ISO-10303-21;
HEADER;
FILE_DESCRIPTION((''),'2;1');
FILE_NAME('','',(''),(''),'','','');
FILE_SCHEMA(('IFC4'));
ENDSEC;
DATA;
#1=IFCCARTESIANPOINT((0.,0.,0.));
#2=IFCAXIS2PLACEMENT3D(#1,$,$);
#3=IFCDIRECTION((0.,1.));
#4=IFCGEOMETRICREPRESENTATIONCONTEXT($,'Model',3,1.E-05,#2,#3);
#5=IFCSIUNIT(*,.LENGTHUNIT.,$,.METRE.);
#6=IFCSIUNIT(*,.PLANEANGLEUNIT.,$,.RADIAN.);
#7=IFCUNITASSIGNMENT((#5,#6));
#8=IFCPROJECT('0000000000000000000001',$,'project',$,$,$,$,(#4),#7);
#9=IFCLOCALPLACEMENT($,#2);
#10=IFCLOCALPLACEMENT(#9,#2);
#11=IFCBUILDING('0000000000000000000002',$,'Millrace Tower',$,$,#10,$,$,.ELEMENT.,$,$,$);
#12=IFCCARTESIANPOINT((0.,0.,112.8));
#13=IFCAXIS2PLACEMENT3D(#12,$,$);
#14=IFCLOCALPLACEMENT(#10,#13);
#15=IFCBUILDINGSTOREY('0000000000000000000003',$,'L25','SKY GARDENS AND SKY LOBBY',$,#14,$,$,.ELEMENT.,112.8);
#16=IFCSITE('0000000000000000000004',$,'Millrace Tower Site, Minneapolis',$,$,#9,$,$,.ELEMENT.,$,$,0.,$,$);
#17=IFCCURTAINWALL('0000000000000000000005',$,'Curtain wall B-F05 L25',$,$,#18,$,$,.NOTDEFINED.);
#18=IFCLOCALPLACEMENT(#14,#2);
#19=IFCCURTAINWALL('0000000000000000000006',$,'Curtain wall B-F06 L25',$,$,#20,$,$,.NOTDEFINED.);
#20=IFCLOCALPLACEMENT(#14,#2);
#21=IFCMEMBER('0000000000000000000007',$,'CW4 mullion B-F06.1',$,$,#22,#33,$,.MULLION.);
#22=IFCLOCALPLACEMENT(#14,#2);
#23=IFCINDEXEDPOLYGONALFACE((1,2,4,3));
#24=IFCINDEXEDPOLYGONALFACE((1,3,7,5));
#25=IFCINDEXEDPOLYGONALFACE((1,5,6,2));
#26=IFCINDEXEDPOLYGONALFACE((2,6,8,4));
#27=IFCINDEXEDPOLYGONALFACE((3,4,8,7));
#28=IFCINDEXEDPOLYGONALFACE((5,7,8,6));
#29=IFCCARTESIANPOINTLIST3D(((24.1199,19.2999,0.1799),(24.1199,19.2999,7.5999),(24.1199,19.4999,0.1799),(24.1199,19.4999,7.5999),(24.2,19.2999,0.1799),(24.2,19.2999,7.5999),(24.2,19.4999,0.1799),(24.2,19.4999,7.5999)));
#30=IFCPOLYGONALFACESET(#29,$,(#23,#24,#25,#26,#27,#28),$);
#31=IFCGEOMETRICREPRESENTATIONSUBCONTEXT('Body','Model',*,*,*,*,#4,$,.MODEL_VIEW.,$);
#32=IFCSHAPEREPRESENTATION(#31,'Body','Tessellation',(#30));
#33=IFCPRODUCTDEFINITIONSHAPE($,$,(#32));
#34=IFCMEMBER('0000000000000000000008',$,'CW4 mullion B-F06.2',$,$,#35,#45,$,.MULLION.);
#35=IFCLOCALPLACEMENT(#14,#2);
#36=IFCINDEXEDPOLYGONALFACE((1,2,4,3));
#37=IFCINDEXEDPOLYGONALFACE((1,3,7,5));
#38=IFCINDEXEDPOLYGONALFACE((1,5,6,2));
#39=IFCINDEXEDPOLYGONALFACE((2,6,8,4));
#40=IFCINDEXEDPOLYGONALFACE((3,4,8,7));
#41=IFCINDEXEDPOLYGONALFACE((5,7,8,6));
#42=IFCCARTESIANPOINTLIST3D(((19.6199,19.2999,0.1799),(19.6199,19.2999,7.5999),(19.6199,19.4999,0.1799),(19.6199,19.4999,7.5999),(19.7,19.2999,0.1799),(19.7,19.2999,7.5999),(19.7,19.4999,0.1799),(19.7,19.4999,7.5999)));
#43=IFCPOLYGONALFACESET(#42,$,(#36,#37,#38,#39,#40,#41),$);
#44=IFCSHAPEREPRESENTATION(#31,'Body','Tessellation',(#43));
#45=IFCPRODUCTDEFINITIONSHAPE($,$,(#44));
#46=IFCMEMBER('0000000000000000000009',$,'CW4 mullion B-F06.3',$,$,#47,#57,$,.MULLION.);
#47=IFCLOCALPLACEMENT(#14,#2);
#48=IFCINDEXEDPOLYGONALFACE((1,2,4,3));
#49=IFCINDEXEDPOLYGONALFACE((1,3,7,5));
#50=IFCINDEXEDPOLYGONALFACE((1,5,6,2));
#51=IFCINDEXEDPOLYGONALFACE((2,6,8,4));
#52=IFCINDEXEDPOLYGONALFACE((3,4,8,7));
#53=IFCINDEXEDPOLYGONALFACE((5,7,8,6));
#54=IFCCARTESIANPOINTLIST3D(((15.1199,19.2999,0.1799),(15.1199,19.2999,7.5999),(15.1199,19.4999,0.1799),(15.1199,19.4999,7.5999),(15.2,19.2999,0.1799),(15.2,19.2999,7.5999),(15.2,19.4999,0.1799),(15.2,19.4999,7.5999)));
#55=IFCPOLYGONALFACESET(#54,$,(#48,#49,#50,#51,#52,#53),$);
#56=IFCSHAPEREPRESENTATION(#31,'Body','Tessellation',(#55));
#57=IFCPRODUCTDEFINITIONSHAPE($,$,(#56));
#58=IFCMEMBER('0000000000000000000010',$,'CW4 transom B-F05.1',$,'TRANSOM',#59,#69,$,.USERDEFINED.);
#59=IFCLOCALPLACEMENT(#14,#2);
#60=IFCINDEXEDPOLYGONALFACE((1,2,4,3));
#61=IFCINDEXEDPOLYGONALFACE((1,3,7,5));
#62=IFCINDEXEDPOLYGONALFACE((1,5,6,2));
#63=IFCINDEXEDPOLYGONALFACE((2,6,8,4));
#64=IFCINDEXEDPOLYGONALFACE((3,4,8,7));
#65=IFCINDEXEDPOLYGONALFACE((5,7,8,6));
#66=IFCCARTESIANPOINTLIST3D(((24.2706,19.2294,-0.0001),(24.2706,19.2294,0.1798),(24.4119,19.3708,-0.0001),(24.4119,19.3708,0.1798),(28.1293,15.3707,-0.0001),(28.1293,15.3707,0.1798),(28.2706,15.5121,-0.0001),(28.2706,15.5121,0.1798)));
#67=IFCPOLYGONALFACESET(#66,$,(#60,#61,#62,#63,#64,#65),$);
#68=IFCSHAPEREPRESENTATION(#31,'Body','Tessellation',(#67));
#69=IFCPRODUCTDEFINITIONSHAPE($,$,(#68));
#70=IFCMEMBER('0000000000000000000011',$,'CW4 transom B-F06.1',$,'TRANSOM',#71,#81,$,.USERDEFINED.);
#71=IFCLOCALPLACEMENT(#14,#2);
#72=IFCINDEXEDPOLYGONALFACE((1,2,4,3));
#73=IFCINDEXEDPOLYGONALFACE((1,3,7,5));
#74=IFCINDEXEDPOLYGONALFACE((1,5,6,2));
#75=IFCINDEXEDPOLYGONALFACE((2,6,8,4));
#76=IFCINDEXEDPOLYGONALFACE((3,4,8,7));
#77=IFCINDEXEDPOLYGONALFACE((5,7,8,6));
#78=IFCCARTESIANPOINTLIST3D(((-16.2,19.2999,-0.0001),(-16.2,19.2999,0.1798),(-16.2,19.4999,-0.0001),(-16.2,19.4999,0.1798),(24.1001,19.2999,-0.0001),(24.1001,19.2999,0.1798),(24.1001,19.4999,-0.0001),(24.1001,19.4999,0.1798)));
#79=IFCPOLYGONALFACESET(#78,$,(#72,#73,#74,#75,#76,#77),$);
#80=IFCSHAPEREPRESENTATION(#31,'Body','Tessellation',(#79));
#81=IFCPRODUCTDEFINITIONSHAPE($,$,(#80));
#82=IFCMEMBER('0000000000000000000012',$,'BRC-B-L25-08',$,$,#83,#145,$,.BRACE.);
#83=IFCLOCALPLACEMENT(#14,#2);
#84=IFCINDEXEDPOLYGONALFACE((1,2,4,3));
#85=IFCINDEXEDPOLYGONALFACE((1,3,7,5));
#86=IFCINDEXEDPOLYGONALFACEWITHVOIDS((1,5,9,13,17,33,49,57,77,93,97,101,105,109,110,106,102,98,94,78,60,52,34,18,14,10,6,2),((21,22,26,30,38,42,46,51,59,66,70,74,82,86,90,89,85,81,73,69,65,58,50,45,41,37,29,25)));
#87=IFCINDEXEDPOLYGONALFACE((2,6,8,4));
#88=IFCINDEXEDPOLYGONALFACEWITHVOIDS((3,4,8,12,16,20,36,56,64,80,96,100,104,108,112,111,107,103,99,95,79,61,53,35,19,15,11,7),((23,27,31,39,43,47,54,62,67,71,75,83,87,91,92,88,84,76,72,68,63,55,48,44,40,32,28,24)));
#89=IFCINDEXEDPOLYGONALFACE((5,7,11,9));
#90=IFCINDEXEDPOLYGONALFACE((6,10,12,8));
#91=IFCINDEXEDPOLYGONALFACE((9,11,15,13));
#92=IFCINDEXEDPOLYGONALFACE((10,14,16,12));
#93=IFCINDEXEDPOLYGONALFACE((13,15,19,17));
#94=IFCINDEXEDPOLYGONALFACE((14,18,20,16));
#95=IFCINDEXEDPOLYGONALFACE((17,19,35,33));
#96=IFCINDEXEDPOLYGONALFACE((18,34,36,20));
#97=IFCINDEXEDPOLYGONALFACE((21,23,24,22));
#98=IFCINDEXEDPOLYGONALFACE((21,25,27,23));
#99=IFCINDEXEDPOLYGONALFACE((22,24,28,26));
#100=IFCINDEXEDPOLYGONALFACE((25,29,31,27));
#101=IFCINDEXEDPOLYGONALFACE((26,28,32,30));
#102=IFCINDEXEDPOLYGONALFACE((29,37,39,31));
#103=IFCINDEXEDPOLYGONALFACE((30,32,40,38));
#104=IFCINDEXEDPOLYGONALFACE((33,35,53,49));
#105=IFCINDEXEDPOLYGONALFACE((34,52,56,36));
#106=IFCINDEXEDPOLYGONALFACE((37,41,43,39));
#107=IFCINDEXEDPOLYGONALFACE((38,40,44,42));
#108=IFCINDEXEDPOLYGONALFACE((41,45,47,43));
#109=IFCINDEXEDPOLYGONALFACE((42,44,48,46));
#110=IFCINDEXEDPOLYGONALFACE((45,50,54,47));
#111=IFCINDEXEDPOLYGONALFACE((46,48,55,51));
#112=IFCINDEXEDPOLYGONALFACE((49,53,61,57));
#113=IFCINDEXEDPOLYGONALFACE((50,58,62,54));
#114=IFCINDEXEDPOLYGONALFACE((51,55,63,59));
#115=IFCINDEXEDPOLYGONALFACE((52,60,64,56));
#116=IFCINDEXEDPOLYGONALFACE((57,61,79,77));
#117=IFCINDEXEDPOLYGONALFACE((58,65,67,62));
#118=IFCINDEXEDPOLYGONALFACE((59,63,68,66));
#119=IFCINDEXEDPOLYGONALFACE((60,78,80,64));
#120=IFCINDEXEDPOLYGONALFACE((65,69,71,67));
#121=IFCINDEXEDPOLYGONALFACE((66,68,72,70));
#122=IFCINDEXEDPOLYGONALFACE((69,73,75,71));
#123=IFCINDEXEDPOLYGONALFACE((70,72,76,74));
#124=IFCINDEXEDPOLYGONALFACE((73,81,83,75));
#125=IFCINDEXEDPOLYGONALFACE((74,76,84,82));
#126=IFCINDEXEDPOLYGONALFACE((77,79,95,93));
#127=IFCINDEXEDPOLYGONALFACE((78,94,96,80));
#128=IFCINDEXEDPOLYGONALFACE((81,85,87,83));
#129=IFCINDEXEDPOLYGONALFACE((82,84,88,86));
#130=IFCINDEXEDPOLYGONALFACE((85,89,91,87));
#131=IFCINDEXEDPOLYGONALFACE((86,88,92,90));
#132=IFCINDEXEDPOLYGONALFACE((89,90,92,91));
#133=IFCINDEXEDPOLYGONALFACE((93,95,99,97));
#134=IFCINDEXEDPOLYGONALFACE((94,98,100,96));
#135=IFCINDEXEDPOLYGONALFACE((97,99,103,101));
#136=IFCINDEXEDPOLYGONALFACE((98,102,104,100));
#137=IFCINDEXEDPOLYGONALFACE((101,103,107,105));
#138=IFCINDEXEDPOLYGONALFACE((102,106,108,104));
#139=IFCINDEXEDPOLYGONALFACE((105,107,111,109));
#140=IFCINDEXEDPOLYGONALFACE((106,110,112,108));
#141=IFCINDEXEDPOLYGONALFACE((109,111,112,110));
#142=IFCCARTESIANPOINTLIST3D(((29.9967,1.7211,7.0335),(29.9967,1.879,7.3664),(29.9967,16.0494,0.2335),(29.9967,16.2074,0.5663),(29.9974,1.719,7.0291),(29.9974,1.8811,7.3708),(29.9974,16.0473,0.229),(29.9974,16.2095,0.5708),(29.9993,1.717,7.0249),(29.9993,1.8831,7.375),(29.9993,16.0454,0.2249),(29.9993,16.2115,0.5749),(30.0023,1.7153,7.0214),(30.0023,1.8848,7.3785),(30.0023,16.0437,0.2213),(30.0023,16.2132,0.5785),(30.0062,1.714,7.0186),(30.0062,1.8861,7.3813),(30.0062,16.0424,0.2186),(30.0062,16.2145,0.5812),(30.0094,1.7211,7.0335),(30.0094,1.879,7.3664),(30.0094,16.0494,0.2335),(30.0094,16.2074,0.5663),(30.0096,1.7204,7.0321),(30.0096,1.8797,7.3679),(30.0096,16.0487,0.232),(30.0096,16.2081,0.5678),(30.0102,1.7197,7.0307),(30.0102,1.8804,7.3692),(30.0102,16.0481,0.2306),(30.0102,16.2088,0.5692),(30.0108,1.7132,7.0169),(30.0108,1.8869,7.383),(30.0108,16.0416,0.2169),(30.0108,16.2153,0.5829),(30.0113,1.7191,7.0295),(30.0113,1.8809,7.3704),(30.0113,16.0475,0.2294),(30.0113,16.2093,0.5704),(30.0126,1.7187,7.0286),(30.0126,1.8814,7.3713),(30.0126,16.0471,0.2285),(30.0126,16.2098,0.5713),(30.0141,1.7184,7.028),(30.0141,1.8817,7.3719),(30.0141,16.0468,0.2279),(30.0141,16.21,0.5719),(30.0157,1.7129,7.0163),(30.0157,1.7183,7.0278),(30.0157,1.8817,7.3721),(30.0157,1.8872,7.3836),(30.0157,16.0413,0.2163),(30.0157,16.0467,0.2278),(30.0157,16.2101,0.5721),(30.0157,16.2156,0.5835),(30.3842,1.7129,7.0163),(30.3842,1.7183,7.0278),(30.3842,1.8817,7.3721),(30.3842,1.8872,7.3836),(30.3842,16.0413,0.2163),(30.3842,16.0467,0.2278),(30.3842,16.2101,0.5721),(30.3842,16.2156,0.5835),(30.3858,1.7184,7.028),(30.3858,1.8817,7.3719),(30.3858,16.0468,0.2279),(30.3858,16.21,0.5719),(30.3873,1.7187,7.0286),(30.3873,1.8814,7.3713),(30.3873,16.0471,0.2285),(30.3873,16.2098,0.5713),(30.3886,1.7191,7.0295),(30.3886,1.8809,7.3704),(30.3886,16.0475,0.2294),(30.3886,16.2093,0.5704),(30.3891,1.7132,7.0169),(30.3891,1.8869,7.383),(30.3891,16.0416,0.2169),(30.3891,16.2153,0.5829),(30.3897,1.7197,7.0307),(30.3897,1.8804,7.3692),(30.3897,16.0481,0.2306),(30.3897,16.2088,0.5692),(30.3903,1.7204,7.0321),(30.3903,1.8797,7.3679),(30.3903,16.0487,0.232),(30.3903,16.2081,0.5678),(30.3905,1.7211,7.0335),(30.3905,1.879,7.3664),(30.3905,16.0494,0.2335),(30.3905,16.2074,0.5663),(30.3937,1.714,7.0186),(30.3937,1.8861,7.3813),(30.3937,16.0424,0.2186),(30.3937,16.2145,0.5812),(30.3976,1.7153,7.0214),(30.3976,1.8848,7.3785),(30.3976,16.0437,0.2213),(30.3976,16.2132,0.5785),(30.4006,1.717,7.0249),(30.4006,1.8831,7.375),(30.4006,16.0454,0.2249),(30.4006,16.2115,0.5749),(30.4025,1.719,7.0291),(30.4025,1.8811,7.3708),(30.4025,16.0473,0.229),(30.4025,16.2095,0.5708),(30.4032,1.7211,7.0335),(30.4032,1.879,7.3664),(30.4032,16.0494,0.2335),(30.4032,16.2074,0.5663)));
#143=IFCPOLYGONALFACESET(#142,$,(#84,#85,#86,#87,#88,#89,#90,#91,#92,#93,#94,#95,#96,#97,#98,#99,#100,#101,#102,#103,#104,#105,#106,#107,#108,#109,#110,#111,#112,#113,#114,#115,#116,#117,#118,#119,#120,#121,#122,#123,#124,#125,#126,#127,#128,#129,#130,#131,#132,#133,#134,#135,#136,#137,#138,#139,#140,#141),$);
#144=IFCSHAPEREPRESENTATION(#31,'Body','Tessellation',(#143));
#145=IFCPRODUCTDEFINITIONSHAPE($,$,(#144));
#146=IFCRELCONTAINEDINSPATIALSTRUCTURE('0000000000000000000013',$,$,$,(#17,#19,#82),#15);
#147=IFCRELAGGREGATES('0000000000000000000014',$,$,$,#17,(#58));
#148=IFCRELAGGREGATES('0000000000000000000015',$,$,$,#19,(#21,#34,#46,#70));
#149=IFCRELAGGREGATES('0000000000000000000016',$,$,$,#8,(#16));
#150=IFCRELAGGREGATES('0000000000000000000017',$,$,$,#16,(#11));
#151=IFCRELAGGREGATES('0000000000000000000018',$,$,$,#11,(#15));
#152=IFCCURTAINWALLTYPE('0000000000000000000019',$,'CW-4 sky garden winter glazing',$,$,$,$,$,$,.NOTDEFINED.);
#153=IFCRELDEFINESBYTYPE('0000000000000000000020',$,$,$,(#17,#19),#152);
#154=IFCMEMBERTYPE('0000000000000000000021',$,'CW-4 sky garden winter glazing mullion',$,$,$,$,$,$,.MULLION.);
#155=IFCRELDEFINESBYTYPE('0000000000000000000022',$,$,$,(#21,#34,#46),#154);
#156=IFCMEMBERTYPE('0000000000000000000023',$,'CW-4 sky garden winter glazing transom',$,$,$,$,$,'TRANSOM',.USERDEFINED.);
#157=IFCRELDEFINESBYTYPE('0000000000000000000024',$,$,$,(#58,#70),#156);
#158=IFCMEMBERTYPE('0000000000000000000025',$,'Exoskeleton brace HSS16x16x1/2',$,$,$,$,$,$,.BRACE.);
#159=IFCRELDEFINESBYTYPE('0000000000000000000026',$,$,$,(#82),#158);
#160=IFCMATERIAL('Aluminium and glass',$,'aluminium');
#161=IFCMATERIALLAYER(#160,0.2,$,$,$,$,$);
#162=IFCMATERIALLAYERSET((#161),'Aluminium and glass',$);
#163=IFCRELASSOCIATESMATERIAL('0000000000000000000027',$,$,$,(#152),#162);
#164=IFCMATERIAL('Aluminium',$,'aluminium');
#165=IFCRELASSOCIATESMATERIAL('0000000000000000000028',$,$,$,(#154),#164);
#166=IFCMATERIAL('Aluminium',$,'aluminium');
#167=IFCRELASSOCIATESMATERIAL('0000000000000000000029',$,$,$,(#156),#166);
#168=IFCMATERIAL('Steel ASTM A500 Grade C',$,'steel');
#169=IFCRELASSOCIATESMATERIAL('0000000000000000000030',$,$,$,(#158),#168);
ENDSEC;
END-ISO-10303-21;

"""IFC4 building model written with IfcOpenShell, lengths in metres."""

from ifc_helpers import new_model, si_unit, direction, frame, origin, origin_2d, place, context, subcontext, project, spatial, rectangle, hollow_rectangle, extrude, material, layer, layer_set, material_profile, profile_set, type_object, element, aggregate, save


model = new_model("IFC4")

# Units and contexts
model_context = context("Model", 3, precision=1e-05, world=origin(), true_north=direction((0.0, 1.0)))
body_context = subcontext(model_context, "Body", "Model", "MODEL_VIEW")
ifc_project = project(units=[si_unit("LENGTHUNIT", "METRE"), si_unit("PLANEANGLEUNIT", "RADIAN")], contexts=[model_context])

# Site, building, storey
site_placement = place(None, origin())
site = spatial("IfcSite", under=ifc_project, at=site_placement, Name="Millrace Tower Site, Minneapolis", CompositionType="ELEMENT", RefElevation=0.0)
building_placement = place(site_placement, origin())
building = spatial("IfcBuilding", under=site, at=building_placement, Name="Millrace Tower", CompositionType="ELEMENT")
storey_placement = place(building_placement, frame((0.0, 0.0, 112.8)))
storey = spatial("IfcBuildingStorey", under=building, at=storey_placement, Name="L25", Description="SKY GARDENS AND SKY LOBBY", CompositionType="ELEMENT", Elevation=112.8)

# Shared definitions
ifc_material_1 = material(Name="Aluminium and glass", Category="aluminium")
ifc_layer_1 = layer(ifc_material_1, 0.2)
ifc_layer_set_1 = layer_set([ifc_layer_1], Name="Aluminium and glass")
curtain_wall_type = type_object("IfcCurtainWallType", Name="CW-4 sky garden winter glazing", PredefinedType="NOTDEFINED", material=ifc_layer_set_1)
placement = place(storey_placement, origin())
ifc_material_2 = material(Name="Aluminium", Category="aluminium")
ifc_material_profile_1 = material_profile(ifc_material_2, rectangle(XDim=0.0801, YDim=0.2, at=origin_2d()))
ifc_profile_set_1 = profile_set([ifc_material_profile_1], Name="Aluminium")
member_type_1 = type_object("IfcMemberType", Name="CW-4 sky garden winter glazing mullion", PredefinedType="MULLION", material=ifc_profile_set_1)

# Curtain wall
curtain_wall_1 = element("IfcCurtainWall", 1, at=placement, inside=storey, type_object=curtain_wall_type, Name="Curtain wall B-F05 L25", PredefinedType="NOTDEFINED")

# Curtain wall, members
curtain_wall_2 = element("IfcCurtainWall", 2, at=placement, inside=storey, type_object=curtain_wall_type, Name="Curtain wall B-F06 L25", PredefinedType="NOTDEFINED")
member_1_placement = place(storey_placement, frame((24.1599, 19.3999, 0.1799), z_axis=(0.0, 0.0, 1.0), x_axis=(-1.0, 0.0, 0.0)))
member_1 = element("IfcMember", 3, at=member_1_placement, type_object=member_type_1, Name="CW4 mullion B-F06.1", PredefinedType="MULLION", context=body_context, shape_type="SweptSolid", body=[
    extrude(rectangle(XDim=0.0801, YDim=0.2, at=origin_2d()), origin(), (0.0, 0.0, 1.0), 7.4199),
])
member_2_placement = place(storey_placement, frame((19.6599, 19.3999, 0.1799), z_axis=(0.0, 0.0, 1.0), x_axis=(-1.0, 0.0, 0.0)))
member_2 = element("IfcMember", 4, at=member_2_placement, type_object=member_type_1, Name="CW4 mullion B-F06.2", PredefinedType="MULLION", context=body_context, shape_type="SweptSolid", body=[
    extrude(rectangle(XDim=0.0801, YDim=0.2, at=origin_2d()), origin(), (0.0, 0.0, 1.0), 7.4199),
])
member_3_placement = place(storey_placement, frame((15.1599, 19.3999, 0.1799), z_axis=(0.0, 0.0, 1.0), x_axis=(-1.0, 0.0, 0.0)))
member_3 = element("IfcMember", 5, at=member_3_placement, type_object=member_type_1, Name="CW4 mullion B-F06.3", PredefinedType="MULLION", context=body_context, shape_type="SweptSolid", body=[
    extrude(rectangle(XDim=0.0801, YDim=0.2, at=origin_2d()), origin(), (0.0, 0.0, 1.0), 7.4199),
])

# Members
ifc_material_3 = material(Name="Aluminium", Category="aluminium")
ifc_material_profile_2 = material_profile(ifc_material_3, rectangle(XDim=0.2, YDim=0.1799, at=origin_2d()))
ifc_profile_set_2 = profile_set([ifc_material_profile_2], Name="Aluminium")
member_type_2 = type_object("IfcMemberType", Name="CW-4 sky garden winter glazing transom", ElementType="TRANSOM", PredefinedType="USERDEFINED", material=ifc_profile_set_2)
member_4_placement = place(storey_placement, frame((28.2, 15.4414, 0.0898), z_axis=(-0.707107, 0.707107, 0.0), x_axis=(-0.707107, -0.707107, 0.0)))
member_4 = element("IfcMember", 6, at=member_4_placement, type_object=member_type_2, Name="CW4 transom B-F05.1", ObjectType="TRANSOM", PredefinedType="USERDEFINED", context=body_context, shape_type="SweptSolid", body=[
    extrude(rectangle(XDim=0.2, YDim=0.1799, at=origin_2d()), origin(), (0.0, 0.0, 1.0), 5.457),
])
aggregate(curtain_wall_1, [member_4])
member_5_placement = place(storey_placement, frame((24.1001, 19.3999, 0.0898), z_axis=(-1.0, 0.0, 0.0), x_axis=(0.0, -1.0, 0.0)))
member_5 = element("IfcMember", 7, at=member_5_placement, type_object=member_type_2, Name="CW4 transom B-F06.1", ObjectType="TRANSOM", PredefinedType="USERDEFINED", context=body_context, shape_type="SweptSolid", body=[
    extrude(rectangle(XDim=0.2, YDim=0.1799, at=origin_2d()), origin(), (0.0, 0.0, 1.0), 40.3),
])
aggregate(curtain_wall_2, [member_1, member_2, member_3, member_5])

# Member
ifc_material_4 = material(Name="Steel ASTM A500 Grade C", Category="steel")
ifc_material_profile_3 = material_profile(ifc_material_4, hollow_rectangle(XDim=0.4065, YDim=0.4065, WallThickness=0.0127, InnerFilletRadius=0.0063, OuterFilletRadius=0.019, at=origin_2d()))
ifc_profile_set_3 = profile_set([ifc_material_profile_3], Name="Steel ASTM A500 Grade C")
member_type_3 = type_object("IfcMemberType", Name="Exoskeleton brace HSS16x16x1/2", PredefinedType="BRACE", material=ifc_profile_set_3)
member_6_placement = place(storey_placement, frame((30.2, 16.1284, 0.3999), z_axis=(0.0, -0.903422, 0.428752), x_axis=(1.0, 0.0, 0.0)))
element("IfcMember", 8, at=member_6_placement, inside=storey, type_object=member_type_3, Name="BRC-B-L25-08", PredefinedType="BRACE", context=body_context, shape_type="SweptSolid", body=[
    extrude(hollow_rectangle(XDim=0.4065, YDim=0.4065, WallThickness=0.0127, InnerFilletRadius=0.0063, OuterFilletRadius=0.019, at=origin_2d()), origin(), (0.0, 0.0, 1.0), 15.8601),
])

save(model, "model.ifc")
